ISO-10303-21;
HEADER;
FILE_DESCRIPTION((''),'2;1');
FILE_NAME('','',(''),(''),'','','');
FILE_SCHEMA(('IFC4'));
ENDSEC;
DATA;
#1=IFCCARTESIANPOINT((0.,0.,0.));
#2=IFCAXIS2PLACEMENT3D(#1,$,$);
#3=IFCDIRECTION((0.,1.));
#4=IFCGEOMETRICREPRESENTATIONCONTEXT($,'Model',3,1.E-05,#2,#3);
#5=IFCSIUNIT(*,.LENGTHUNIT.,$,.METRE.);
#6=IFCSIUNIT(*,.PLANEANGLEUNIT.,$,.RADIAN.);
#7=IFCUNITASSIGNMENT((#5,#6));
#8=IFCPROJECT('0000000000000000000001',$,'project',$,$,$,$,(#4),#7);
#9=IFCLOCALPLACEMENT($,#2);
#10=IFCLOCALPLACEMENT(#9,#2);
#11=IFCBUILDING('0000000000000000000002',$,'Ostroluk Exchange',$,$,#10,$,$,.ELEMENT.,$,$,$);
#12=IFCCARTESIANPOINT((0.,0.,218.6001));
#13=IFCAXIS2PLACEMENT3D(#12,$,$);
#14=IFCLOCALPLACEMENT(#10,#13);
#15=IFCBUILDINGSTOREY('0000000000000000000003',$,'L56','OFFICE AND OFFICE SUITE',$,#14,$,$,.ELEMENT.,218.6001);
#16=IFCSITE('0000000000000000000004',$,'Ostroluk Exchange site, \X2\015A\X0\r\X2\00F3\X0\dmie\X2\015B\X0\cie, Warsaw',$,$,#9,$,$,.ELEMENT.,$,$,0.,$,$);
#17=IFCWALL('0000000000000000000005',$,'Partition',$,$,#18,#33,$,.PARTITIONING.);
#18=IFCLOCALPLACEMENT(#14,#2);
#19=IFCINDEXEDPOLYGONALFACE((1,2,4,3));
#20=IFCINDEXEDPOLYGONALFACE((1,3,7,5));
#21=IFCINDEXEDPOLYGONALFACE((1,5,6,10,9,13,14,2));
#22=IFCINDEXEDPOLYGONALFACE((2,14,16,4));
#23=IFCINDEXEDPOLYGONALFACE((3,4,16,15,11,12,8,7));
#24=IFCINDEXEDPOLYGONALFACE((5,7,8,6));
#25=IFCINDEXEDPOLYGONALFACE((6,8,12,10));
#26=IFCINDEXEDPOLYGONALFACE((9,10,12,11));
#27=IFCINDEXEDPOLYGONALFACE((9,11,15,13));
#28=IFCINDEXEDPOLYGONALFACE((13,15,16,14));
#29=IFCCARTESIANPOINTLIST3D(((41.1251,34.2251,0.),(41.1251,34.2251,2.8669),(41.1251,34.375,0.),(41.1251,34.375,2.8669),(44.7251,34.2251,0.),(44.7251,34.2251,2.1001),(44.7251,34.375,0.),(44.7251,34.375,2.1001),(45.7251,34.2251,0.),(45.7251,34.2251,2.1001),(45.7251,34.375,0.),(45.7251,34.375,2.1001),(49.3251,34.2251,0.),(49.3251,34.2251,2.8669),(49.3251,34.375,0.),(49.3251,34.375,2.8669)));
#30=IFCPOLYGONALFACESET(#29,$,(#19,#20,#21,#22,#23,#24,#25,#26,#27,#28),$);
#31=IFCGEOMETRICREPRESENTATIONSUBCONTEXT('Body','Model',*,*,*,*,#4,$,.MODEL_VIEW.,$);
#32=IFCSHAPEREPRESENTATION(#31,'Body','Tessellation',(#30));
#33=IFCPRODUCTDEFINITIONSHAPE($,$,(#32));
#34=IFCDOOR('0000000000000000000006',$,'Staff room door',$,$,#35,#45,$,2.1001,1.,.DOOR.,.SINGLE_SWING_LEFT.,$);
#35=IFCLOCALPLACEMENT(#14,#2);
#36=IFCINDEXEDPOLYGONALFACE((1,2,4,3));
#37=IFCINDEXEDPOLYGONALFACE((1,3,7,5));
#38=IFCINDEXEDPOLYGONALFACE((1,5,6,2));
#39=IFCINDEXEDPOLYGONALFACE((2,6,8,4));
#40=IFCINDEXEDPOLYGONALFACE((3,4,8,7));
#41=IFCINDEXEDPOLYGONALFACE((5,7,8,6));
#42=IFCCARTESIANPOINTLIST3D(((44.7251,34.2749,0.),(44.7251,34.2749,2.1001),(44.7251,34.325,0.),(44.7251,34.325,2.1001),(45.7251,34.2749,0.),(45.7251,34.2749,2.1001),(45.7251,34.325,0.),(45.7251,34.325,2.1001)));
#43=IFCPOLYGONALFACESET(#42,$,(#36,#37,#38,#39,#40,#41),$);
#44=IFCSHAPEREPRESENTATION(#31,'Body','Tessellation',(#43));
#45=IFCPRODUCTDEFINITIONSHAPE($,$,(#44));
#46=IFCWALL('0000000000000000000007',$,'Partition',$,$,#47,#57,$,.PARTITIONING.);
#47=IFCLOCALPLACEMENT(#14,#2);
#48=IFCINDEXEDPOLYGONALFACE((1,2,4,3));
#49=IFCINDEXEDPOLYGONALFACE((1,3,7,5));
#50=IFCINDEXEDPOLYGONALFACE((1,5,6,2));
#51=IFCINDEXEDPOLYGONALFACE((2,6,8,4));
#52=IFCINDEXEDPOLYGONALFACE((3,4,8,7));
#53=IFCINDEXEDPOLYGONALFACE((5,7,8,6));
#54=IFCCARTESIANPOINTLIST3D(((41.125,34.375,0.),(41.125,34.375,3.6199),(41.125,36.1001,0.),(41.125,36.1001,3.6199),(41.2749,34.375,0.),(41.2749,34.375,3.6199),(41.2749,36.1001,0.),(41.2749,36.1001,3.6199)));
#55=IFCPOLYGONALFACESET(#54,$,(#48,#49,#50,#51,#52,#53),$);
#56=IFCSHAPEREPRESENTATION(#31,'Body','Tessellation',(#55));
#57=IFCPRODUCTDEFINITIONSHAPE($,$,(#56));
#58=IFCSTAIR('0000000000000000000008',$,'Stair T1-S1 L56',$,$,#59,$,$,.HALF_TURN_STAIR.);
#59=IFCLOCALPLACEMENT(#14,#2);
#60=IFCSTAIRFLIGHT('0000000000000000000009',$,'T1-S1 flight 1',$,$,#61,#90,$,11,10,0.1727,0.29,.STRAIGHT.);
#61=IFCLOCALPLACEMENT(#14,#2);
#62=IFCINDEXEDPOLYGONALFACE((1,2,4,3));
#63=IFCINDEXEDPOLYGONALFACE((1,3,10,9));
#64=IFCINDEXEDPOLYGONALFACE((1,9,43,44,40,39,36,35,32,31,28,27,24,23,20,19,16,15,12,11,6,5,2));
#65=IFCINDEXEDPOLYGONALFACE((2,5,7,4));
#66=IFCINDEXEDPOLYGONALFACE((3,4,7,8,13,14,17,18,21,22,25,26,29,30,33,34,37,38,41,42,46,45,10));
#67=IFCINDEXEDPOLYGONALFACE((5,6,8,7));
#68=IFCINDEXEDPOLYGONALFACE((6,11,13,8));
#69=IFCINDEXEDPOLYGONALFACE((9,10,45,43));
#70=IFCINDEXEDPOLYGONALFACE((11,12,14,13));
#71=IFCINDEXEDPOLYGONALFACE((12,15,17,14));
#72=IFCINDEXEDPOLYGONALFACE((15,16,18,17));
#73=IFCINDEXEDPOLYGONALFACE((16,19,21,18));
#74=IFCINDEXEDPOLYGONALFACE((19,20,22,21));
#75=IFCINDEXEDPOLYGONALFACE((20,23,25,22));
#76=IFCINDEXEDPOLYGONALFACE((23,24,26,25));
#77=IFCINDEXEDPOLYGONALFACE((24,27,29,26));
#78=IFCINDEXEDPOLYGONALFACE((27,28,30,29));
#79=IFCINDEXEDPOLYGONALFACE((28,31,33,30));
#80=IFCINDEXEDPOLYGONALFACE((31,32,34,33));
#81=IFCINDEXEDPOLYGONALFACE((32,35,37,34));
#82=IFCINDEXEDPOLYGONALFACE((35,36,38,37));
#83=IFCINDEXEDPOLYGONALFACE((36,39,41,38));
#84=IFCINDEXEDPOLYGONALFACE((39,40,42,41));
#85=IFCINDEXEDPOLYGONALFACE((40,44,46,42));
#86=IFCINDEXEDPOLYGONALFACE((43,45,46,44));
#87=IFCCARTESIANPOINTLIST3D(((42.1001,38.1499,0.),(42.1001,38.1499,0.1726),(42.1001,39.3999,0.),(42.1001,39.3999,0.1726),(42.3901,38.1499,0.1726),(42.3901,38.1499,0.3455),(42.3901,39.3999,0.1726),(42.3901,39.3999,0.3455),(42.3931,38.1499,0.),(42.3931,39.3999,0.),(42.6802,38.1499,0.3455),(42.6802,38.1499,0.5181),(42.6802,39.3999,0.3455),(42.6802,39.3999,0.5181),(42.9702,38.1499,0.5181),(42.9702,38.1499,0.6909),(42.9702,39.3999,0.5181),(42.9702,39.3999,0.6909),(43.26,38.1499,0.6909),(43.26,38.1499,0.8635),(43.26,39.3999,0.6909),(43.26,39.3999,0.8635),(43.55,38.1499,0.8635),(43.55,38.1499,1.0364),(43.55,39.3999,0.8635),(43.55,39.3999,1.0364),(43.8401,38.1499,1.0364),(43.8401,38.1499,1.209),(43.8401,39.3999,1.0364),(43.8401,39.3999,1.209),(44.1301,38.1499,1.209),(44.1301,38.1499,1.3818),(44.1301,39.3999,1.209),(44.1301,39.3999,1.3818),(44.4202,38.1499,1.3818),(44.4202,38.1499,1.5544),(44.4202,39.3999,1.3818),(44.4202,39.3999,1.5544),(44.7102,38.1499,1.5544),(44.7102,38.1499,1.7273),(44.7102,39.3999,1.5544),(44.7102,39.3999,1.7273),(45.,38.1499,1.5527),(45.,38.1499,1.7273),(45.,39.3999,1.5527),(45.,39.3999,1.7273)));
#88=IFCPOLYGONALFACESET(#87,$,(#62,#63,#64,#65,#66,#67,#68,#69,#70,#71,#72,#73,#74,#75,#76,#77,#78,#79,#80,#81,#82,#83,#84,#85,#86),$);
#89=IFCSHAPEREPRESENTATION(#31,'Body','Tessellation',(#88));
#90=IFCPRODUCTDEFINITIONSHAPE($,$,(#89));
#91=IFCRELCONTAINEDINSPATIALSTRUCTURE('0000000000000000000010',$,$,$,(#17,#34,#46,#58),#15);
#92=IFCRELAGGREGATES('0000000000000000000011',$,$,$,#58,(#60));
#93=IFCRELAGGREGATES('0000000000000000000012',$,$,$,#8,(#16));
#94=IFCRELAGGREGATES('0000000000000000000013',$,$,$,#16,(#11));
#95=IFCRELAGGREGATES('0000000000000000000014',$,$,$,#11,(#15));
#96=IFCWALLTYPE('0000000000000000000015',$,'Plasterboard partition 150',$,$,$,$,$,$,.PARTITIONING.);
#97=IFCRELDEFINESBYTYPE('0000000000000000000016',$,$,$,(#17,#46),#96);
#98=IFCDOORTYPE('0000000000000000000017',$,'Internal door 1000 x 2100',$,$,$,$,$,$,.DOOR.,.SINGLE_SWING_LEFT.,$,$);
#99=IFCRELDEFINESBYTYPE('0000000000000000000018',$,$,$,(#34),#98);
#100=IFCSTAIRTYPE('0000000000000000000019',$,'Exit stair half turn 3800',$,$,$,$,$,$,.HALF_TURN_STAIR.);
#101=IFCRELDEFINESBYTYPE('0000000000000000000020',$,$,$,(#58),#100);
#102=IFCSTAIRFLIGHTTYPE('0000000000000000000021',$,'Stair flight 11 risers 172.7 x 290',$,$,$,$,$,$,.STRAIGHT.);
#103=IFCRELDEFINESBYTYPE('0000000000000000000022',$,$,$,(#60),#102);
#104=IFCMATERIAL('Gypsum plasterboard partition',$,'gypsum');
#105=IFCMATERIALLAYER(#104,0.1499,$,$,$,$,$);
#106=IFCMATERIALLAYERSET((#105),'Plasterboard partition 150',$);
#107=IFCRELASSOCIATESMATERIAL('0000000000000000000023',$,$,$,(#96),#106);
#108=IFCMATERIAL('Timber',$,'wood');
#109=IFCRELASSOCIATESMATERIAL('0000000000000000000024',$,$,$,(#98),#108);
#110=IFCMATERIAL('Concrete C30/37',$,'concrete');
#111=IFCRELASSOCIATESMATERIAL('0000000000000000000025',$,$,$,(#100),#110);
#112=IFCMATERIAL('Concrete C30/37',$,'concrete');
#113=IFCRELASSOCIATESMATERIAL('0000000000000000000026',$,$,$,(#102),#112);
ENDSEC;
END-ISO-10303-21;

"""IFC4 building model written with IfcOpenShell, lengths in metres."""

from ifc_helpers import new_model, si_unit, direction, frame, frame_2d, origin, place, context, subcontext, project, spatial, polyline, rectangle, outline, extrude, material, layer, layer_set, type_object, element, fill, aggregate, save


model = new_model("IFC4")

# Units and contexts
model_context = context("Model", 3, precision=1e-05, world=origin(), true_north=direction((0.0, 1.0)))
body_context = subcontext(model_context, "Body", "Model", "MODEL_VIEW")
ifc_project = project(units=[si_unit("LENGTHUNIT", "METRE"), si_unit("PLANEANGLEUNIT", "RADIAN")], contexts=[model_context])

# Site, building, storey
site_placement = place(None, origin())
site = spatial("IfcSite", under=ifc_project, at=site_placement, Name="Ostroluk Exchange site, Śródmieście, Warsaw", CompositionType="ELEMENT", RefElevation=0.0)
building_placement = place(site_placement, origin())
building = spatial("IfcBuilding", under=site, at=building_placement, Name="Ostroluk Exchange", CompositionType="ELEMENT")
storey_placement = place(building_placement, frame((0.0, 0.0, 218.6001)))
storey = spatial("IfcBuildingStorey", under=building, at=storey_placement, Name="L56", Description="OFFICE AND OFFICE SUITE", CompositionType="ELEMENT", Elevation=218.6001)

# Wall, opening, door
ifc_material_1 = material(Name="Gypsum plasterboard partition", Category="gypsum")
ifc_layer_1 = layer(ifc_material_1, 0.1499)
ifc_layer_set_1 = layer_set([ifc_layer_1], Name="Plasterboard partition 150")
wall_type_1 = type_object("IfcWallType", Name="Plasterboard partition 150", PredefinedType="PARTITIONING", material=ifc_layer_set_1)
wall_1_placement = place(storey_placement, frame((41.125, 34.3, 0.0), z_axis=(0.0, 0.0, 1.0), x_axis=(1.0, 0.0, 0.0)))
wall_1 = element("IfcWall", 1, at=wall_1_placement, inside=storey, type_object=wall_type_1, Name="Partition", PredefinedType="PARTITIONING", context=body_context, shape_type="SweptSolid", body=[
    extrude(rectangle(XDim=8.2, YDim=0.1499, at=frame_2d((4.1001, 0.0))), origin(), (0.0, 0.0, 1.0), 2.8669),
])
opening_1_placement = place(wall_1_placement, frame((3.6001, 0.0, 0.0)))
opening_1 = element("IfcOpeningElement", 2, at=opening_1_placement, cuts=wall_1, PredefinedType="OPENING", context=body_context, shape_type="SweptSolid", body=[
    extrude(rectangle(XDim=1.0, YDim=2.1001, at=frame_2d((0.5, 1.05))), frame((0.0, 0.085, 0.0), z_axis=(0.0, -1.0, 0.0), x_axis=(1.0, 0.0, 0.0)), (0.0, 0.0, 1.0), 0.1699),
])
ifc_material_2 = material(Name="Timber", Category="wood")
door_type_1 = type_object("IfcDoorType", Name="Internal door 1000 x 2100", OperationType="SINGLE_SWING_LEFT", PredefinedType="DOOR", material=ifc_material_2)
door_1_placement = place(opening_1_placement, origin())
door_1 = element("IfcDoor", 3, at=door_1_placement, inside=storey, type_object=door_type_1, Name="Staff room door", OperationType="SINGLE_SWING_LEFT", OverallHeight=2.1001, OverallWidth=1.0, PredefinedType="DOOR", context=body_context, shape_type="SweptSolid", body=[
    extrude(rectangle(XDim=1.0, YDim=2.1001, at=frame_2d((0.5, 1.05))), frame((0.0, 0.0249, 0.0), z_axis=(0.0, -1.0, 0.0), x_axis=(1.0, 0.0, 0.0)), (0.0, 0.0, 1.0), 0.05),
])
fill(opening_1, door_1)

# Wall
wall_2_placement = place(storey_placement, frame((41.2, 36.1001, 0.0), z_axis=(0.0, 0.0, 1.0), x_axis=(0.0, -1.0, 0.0)))
element("IfcWall", 4, at=wall_2_placement, inside=storey, type_object=wall_type_1, Name="Partition", PredefinedType="PARTITIONING", context=body_context, shape_type="SweptSolid", body=[
    extrude(rectangle(XDim=1.7251, YDim=0.1499, at=frame_2d((0.8625, 0.0))), origin(), (0.0, 0.0, 1.0), 3.6199),
])

# Stair, stair flight
ifc_material_3 = material(Name="Concrete C30/37", Category="concrete")
stair_type = type_object("IfcStairType", Name="Exit stair half turn 3800", PredefinedType="HALF_TURN_STAIR", material=ifc_material_3)
stair_placement = place(storey_placement, origin())
stair = element("IfcStair", 5, at=stair_placement, inside=storey, type_object=stair_type, Name="Stair T1-S1 L56", PredefinedType="HALF_TURN_STAIR")
ifc_material_4 = material(Name="Concrete C30/37", Category="concrete")
stair_flight_type = type_object("IfcStairFlightType", Name="Stair flight 11 risers 172.7 x 290", PredefinedType="STRAIGHT", material=ifc_material_4)
stair_flight_placement = place(storey_placement, frame((42.1001, 38.7749, 0.0), z_axis=(0.0, 0.0, 1.0), x_axis=(1.0, 0.0, 0.0)))
stair_flight = element("IfcStairFlight", 6, at=stair_flight_placement, type_object=stair_flight_type, Name="T1-S1 flight 1", NumberOfRisers=11, NumberOfTreads=10, PredefinedType="STRAIGHT", RiserHeight=0.1727, TreadLength=0.29, context=body_context, shape_type="SweptSolid", body=[
    extrude(outline(polyline([(0.0, 0.0), (0.0, 0.1726), (0.29, 0.1726), (0.29, 0.3455), (0.5801, 0.3455), (0.5801, 0.5181), (0.8701, 0.5181), (0.8701, 0.6909), (1.1599, 0.6909), (1.1599, 0.8635), (1.45, 0.8635), (1.45, 1.0364), (1.74, 1.0364), (1.74, 1.209), (2.03, 1.209), (2.03, 1.3818), (2.3201, 1.3818), (2.3201, 1.5544), (2.6101, 1.5544), (2.6101, 1.7273), (2.8999, 1.7273), (2.8999, 1.8999), (2.8999, 1.5527), (0.293, 0.0), (0.0, 0.0)])), frame((0.0, 0.625, 0.0), z_axis=(0.0, -1.0, 0.0), x_axis=(1.0, 0.0, 0.0)), (0.0, 0.0, 1.0), 1.25),
])
aggregate(stair, [stair_flight])

save(model, "model.ifc")
